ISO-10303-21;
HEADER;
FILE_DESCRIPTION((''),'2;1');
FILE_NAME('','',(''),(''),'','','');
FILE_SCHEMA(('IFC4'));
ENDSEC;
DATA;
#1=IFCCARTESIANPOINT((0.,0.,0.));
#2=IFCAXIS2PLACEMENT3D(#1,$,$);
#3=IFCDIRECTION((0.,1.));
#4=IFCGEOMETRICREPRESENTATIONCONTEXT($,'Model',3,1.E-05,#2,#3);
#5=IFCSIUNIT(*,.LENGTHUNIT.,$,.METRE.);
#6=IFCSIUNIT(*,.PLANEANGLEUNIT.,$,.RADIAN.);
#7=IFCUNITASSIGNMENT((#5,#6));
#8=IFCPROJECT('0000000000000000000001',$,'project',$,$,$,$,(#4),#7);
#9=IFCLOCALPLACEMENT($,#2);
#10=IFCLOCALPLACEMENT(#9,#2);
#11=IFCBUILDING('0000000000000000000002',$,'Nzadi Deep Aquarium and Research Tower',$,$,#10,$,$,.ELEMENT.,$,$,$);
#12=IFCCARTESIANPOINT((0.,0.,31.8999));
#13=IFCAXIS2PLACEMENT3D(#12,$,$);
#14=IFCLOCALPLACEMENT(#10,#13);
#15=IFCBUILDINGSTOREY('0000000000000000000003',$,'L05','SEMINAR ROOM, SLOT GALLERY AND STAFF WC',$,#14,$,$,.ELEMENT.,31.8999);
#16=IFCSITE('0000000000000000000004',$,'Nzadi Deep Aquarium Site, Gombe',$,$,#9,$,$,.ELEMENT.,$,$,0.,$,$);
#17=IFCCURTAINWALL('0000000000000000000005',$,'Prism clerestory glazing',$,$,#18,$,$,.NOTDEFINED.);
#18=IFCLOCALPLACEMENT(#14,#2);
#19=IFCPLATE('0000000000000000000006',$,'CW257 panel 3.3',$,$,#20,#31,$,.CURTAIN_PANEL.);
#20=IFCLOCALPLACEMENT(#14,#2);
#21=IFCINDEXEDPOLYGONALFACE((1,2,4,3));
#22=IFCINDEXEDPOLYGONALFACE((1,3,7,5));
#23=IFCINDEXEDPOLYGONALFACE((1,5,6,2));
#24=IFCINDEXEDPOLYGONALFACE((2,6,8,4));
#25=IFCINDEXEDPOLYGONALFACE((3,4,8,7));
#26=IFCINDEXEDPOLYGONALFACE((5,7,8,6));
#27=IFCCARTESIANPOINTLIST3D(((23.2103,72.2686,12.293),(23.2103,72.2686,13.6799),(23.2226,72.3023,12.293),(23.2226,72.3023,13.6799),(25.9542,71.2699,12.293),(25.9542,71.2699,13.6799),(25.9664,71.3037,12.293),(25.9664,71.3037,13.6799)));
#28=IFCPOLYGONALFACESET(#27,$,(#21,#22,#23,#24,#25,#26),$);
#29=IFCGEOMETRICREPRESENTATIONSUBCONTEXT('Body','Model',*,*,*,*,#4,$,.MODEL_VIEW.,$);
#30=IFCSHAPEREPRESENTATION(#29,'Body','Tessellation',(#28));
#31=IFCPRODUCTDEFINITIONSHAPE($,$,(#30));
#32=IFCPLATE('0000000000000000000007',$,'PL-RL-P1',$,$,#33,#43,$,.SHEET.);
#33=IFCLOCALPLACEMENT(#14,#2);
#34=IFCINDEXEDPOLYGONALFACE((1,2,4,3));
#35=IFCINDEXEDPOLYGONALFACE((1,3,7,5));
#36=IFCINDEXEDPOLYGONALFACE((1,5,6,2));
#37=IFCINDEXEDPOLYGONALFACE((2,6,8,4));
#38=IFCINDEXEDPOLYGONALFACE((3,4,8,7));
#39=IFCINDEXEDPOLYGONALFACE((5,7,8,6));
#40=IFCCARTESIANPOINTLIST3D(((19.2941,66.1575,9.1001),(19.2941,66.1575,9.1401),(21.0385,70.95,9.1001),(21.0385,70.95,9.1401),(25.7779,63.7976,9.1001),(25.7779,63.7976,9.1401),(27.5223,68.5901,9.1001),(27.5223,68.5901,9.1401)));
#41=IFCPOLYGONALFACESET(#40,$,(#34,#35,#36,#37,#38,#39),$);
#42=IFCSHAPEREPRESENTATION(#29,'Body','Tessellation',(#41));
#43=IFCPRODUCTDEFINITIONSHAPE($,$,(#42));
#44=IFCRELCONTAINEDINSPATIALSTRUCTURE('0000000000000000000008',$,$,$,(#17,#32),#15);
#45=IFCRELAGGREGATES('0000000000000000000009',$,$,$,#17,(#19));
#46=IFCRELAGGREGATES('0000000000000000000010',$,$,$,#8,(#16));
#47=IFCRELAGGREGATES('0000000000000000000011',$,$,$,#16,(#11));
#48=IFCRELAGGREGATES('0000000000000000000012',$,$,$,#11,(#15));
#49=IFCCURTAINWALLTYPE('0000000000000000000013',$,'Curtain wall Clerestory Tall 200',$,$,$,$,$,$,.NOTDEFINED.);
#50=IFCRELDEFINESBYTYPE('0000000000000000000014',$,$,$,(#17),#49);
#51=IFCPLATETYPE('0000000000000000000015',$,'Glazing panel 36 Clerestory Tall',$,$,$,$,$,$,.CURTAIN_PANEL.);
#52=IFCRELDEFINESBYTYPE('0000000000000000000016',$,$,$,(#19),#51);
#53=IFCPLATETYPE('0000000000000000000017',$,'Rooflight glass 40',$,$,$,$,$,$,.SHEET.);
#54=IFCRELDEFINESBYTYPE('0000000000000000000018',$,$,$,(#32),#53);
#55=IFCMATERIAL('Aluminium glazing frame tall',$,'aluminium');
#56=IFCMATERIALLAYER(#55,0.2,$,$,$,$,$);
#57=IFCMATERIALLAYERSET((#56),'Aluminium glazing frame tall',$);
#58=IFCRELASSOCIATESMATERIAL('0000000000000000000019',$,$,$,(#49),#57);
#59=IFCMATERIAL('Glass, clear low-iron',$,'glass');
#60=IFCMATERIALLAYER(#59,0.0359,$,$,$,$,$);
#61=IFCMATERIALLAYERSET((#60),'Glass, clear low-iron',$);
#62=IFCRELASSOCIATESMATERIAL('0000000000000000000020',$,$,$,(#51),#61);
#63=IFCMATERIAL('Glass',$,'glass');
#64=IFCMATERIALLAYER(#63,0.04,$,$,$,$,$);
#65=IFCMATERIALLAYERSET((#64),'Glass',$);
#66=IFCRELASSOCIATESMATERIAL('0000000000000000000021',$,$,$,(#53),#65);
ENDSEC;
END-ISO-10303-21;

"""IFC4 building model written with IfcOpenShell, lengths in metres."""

from ifc_helpers import new_model, si_unit, direction, frame, origin, origin_2d, place, context, subcontext, project, spatial, rectangle, extrude, material, layer, layer_set, type_object, element, aggregate, save


model = new_model("IFC4")

# Units and contexts
model_context = context("Model", 3, precision=1e-05, world=origin(), true_north=direction((0.0, 1.0)))
body_context = subcontext(model_context, "Body", "Model", "MODEL_VIEW")
ifc_project = project(units=[si_unit("LENGTHUNIT", "METRE"), si_unit("PLANEANGLEUNIT", "RADIAN")], contexts=[model_context])

# Site, building, storey
site_placement = place(None, origin())
site = spatial("IfcSite", under=ifc_project, at=site_placement, Name="Nzadi Deep Aquarium Site, Gombe", CompositionType="ELEMENT", RefElevation=0.0)
building_placement = place(site_placement, origin())
building = spatial("IfcBuilding", under=site, at=building_placement, Name="Nzadi Deep Aquarium and Research Tower", CompositionType="ELEMENT")
storey_placement = place(building_placement, frame((0.0, 0.0, 31.8999)))
storey = spatial("IfcBuildingStorey", under=building, at=storey_placement, Name="L05", Description="SEMINAR ROOM, SLOT GALLERY AND STAFF WC", CompositionType="ELEMENT", Elevation=31.8999)

# Curtain wall
ifc_material_1 = material(Name="Aluminium glazing frame tall", Category="aluminium")
ifc_layer_1 = layer(ifc_material_1, 0.2)
ifc_layer_set_1 = layer_set([ifc_layer_1], Name="Aluminium glazing frame tall")
curtain_wall_type = type_object("IfcCurtainWallType", Name="Curtain wall Clerestory Tall 200", PredefinedType="NOTDEFINED", material=ifc_layer_set_1)
curtain_wall_placement = place(storey_placement, origin())
curtain_wall = element("IfcCurtainWall", 1, at=curtain_wall_placement, inside=storey, type_object=curtain_wall_type, Name="Prism clerestory glazing", PredefinedType="NOTDEFINED")

# Plates
ifc_material_2 = material(Name="Glass, clear low-iron", Category="glass")
ifc_layer_2 = layer(ifc_material_2, 0.0359)
ifc_layer_set_2 = layer_set([ifc_layer_2], Name="Glass, clear low-iron")
plate_type_1 = type_object("IfcPlateType", Name="Glazing panel 36 Clerestory Tall", PredefinedType="CURTAIN_PANEL", material=ifc_layer_set_2)
plate_1_placement = place(storey_placement, frame((24.5884, 71.7861, 12.293), z_axis=(0.0, 0.0, 1.0), x_axis=(0.939693, -0.34202, 0.0)))
plate_1 = element("IfcPlate", 2, at=plate_1_placement, type_object=plate_type_1, Name="CW257 panel 3.3", PredefinedType="CURTAIN_PANEL", context=body_context, shape_type="SweptSolid", body=[
    extrude(rectangle(XDim=2.9199, YDim=0.0359, at=origin_2d()), origin(), (0.0, 0.0, 1.0), 1.387),
])
aggregate(curtain_wall, [plate_1])
ifc_material_3 = material(Name="Glass", Category="glass")
ifc_layer_3 = layer(ifc_material_3, 0.04)
ifc_layer_set_3 = layer_set([ifc_layer_3], Name="Glass")
plate_type_2 = type_object("IfcPlateType", Name="Rooflight glass 40", PredefinedType="SHEET", material=ifc_layer_set_3)
plate_2_placement = place(storey_placement, frame((23.4082, 67.3738, 9.1001), z_axis=(0.0, 0.0, 1.0), x_axis=(0.939693, -0.34202, 0.0)))
element("IfcPlate", 3, at=plate_2_placement, inside=storey, type_object=plate_type_2, Name="PL-RL-P1", PredefinedType="SHEET", context=body_context, shape_type="SweptSolid", body=[
    extrude(rectangle(XDim=6.8999, YDim=5.1001, at=origin_2d()), origin(), (0.0, 0.0, 1.0), 0.04),
])

save(model, "model.ifc")
